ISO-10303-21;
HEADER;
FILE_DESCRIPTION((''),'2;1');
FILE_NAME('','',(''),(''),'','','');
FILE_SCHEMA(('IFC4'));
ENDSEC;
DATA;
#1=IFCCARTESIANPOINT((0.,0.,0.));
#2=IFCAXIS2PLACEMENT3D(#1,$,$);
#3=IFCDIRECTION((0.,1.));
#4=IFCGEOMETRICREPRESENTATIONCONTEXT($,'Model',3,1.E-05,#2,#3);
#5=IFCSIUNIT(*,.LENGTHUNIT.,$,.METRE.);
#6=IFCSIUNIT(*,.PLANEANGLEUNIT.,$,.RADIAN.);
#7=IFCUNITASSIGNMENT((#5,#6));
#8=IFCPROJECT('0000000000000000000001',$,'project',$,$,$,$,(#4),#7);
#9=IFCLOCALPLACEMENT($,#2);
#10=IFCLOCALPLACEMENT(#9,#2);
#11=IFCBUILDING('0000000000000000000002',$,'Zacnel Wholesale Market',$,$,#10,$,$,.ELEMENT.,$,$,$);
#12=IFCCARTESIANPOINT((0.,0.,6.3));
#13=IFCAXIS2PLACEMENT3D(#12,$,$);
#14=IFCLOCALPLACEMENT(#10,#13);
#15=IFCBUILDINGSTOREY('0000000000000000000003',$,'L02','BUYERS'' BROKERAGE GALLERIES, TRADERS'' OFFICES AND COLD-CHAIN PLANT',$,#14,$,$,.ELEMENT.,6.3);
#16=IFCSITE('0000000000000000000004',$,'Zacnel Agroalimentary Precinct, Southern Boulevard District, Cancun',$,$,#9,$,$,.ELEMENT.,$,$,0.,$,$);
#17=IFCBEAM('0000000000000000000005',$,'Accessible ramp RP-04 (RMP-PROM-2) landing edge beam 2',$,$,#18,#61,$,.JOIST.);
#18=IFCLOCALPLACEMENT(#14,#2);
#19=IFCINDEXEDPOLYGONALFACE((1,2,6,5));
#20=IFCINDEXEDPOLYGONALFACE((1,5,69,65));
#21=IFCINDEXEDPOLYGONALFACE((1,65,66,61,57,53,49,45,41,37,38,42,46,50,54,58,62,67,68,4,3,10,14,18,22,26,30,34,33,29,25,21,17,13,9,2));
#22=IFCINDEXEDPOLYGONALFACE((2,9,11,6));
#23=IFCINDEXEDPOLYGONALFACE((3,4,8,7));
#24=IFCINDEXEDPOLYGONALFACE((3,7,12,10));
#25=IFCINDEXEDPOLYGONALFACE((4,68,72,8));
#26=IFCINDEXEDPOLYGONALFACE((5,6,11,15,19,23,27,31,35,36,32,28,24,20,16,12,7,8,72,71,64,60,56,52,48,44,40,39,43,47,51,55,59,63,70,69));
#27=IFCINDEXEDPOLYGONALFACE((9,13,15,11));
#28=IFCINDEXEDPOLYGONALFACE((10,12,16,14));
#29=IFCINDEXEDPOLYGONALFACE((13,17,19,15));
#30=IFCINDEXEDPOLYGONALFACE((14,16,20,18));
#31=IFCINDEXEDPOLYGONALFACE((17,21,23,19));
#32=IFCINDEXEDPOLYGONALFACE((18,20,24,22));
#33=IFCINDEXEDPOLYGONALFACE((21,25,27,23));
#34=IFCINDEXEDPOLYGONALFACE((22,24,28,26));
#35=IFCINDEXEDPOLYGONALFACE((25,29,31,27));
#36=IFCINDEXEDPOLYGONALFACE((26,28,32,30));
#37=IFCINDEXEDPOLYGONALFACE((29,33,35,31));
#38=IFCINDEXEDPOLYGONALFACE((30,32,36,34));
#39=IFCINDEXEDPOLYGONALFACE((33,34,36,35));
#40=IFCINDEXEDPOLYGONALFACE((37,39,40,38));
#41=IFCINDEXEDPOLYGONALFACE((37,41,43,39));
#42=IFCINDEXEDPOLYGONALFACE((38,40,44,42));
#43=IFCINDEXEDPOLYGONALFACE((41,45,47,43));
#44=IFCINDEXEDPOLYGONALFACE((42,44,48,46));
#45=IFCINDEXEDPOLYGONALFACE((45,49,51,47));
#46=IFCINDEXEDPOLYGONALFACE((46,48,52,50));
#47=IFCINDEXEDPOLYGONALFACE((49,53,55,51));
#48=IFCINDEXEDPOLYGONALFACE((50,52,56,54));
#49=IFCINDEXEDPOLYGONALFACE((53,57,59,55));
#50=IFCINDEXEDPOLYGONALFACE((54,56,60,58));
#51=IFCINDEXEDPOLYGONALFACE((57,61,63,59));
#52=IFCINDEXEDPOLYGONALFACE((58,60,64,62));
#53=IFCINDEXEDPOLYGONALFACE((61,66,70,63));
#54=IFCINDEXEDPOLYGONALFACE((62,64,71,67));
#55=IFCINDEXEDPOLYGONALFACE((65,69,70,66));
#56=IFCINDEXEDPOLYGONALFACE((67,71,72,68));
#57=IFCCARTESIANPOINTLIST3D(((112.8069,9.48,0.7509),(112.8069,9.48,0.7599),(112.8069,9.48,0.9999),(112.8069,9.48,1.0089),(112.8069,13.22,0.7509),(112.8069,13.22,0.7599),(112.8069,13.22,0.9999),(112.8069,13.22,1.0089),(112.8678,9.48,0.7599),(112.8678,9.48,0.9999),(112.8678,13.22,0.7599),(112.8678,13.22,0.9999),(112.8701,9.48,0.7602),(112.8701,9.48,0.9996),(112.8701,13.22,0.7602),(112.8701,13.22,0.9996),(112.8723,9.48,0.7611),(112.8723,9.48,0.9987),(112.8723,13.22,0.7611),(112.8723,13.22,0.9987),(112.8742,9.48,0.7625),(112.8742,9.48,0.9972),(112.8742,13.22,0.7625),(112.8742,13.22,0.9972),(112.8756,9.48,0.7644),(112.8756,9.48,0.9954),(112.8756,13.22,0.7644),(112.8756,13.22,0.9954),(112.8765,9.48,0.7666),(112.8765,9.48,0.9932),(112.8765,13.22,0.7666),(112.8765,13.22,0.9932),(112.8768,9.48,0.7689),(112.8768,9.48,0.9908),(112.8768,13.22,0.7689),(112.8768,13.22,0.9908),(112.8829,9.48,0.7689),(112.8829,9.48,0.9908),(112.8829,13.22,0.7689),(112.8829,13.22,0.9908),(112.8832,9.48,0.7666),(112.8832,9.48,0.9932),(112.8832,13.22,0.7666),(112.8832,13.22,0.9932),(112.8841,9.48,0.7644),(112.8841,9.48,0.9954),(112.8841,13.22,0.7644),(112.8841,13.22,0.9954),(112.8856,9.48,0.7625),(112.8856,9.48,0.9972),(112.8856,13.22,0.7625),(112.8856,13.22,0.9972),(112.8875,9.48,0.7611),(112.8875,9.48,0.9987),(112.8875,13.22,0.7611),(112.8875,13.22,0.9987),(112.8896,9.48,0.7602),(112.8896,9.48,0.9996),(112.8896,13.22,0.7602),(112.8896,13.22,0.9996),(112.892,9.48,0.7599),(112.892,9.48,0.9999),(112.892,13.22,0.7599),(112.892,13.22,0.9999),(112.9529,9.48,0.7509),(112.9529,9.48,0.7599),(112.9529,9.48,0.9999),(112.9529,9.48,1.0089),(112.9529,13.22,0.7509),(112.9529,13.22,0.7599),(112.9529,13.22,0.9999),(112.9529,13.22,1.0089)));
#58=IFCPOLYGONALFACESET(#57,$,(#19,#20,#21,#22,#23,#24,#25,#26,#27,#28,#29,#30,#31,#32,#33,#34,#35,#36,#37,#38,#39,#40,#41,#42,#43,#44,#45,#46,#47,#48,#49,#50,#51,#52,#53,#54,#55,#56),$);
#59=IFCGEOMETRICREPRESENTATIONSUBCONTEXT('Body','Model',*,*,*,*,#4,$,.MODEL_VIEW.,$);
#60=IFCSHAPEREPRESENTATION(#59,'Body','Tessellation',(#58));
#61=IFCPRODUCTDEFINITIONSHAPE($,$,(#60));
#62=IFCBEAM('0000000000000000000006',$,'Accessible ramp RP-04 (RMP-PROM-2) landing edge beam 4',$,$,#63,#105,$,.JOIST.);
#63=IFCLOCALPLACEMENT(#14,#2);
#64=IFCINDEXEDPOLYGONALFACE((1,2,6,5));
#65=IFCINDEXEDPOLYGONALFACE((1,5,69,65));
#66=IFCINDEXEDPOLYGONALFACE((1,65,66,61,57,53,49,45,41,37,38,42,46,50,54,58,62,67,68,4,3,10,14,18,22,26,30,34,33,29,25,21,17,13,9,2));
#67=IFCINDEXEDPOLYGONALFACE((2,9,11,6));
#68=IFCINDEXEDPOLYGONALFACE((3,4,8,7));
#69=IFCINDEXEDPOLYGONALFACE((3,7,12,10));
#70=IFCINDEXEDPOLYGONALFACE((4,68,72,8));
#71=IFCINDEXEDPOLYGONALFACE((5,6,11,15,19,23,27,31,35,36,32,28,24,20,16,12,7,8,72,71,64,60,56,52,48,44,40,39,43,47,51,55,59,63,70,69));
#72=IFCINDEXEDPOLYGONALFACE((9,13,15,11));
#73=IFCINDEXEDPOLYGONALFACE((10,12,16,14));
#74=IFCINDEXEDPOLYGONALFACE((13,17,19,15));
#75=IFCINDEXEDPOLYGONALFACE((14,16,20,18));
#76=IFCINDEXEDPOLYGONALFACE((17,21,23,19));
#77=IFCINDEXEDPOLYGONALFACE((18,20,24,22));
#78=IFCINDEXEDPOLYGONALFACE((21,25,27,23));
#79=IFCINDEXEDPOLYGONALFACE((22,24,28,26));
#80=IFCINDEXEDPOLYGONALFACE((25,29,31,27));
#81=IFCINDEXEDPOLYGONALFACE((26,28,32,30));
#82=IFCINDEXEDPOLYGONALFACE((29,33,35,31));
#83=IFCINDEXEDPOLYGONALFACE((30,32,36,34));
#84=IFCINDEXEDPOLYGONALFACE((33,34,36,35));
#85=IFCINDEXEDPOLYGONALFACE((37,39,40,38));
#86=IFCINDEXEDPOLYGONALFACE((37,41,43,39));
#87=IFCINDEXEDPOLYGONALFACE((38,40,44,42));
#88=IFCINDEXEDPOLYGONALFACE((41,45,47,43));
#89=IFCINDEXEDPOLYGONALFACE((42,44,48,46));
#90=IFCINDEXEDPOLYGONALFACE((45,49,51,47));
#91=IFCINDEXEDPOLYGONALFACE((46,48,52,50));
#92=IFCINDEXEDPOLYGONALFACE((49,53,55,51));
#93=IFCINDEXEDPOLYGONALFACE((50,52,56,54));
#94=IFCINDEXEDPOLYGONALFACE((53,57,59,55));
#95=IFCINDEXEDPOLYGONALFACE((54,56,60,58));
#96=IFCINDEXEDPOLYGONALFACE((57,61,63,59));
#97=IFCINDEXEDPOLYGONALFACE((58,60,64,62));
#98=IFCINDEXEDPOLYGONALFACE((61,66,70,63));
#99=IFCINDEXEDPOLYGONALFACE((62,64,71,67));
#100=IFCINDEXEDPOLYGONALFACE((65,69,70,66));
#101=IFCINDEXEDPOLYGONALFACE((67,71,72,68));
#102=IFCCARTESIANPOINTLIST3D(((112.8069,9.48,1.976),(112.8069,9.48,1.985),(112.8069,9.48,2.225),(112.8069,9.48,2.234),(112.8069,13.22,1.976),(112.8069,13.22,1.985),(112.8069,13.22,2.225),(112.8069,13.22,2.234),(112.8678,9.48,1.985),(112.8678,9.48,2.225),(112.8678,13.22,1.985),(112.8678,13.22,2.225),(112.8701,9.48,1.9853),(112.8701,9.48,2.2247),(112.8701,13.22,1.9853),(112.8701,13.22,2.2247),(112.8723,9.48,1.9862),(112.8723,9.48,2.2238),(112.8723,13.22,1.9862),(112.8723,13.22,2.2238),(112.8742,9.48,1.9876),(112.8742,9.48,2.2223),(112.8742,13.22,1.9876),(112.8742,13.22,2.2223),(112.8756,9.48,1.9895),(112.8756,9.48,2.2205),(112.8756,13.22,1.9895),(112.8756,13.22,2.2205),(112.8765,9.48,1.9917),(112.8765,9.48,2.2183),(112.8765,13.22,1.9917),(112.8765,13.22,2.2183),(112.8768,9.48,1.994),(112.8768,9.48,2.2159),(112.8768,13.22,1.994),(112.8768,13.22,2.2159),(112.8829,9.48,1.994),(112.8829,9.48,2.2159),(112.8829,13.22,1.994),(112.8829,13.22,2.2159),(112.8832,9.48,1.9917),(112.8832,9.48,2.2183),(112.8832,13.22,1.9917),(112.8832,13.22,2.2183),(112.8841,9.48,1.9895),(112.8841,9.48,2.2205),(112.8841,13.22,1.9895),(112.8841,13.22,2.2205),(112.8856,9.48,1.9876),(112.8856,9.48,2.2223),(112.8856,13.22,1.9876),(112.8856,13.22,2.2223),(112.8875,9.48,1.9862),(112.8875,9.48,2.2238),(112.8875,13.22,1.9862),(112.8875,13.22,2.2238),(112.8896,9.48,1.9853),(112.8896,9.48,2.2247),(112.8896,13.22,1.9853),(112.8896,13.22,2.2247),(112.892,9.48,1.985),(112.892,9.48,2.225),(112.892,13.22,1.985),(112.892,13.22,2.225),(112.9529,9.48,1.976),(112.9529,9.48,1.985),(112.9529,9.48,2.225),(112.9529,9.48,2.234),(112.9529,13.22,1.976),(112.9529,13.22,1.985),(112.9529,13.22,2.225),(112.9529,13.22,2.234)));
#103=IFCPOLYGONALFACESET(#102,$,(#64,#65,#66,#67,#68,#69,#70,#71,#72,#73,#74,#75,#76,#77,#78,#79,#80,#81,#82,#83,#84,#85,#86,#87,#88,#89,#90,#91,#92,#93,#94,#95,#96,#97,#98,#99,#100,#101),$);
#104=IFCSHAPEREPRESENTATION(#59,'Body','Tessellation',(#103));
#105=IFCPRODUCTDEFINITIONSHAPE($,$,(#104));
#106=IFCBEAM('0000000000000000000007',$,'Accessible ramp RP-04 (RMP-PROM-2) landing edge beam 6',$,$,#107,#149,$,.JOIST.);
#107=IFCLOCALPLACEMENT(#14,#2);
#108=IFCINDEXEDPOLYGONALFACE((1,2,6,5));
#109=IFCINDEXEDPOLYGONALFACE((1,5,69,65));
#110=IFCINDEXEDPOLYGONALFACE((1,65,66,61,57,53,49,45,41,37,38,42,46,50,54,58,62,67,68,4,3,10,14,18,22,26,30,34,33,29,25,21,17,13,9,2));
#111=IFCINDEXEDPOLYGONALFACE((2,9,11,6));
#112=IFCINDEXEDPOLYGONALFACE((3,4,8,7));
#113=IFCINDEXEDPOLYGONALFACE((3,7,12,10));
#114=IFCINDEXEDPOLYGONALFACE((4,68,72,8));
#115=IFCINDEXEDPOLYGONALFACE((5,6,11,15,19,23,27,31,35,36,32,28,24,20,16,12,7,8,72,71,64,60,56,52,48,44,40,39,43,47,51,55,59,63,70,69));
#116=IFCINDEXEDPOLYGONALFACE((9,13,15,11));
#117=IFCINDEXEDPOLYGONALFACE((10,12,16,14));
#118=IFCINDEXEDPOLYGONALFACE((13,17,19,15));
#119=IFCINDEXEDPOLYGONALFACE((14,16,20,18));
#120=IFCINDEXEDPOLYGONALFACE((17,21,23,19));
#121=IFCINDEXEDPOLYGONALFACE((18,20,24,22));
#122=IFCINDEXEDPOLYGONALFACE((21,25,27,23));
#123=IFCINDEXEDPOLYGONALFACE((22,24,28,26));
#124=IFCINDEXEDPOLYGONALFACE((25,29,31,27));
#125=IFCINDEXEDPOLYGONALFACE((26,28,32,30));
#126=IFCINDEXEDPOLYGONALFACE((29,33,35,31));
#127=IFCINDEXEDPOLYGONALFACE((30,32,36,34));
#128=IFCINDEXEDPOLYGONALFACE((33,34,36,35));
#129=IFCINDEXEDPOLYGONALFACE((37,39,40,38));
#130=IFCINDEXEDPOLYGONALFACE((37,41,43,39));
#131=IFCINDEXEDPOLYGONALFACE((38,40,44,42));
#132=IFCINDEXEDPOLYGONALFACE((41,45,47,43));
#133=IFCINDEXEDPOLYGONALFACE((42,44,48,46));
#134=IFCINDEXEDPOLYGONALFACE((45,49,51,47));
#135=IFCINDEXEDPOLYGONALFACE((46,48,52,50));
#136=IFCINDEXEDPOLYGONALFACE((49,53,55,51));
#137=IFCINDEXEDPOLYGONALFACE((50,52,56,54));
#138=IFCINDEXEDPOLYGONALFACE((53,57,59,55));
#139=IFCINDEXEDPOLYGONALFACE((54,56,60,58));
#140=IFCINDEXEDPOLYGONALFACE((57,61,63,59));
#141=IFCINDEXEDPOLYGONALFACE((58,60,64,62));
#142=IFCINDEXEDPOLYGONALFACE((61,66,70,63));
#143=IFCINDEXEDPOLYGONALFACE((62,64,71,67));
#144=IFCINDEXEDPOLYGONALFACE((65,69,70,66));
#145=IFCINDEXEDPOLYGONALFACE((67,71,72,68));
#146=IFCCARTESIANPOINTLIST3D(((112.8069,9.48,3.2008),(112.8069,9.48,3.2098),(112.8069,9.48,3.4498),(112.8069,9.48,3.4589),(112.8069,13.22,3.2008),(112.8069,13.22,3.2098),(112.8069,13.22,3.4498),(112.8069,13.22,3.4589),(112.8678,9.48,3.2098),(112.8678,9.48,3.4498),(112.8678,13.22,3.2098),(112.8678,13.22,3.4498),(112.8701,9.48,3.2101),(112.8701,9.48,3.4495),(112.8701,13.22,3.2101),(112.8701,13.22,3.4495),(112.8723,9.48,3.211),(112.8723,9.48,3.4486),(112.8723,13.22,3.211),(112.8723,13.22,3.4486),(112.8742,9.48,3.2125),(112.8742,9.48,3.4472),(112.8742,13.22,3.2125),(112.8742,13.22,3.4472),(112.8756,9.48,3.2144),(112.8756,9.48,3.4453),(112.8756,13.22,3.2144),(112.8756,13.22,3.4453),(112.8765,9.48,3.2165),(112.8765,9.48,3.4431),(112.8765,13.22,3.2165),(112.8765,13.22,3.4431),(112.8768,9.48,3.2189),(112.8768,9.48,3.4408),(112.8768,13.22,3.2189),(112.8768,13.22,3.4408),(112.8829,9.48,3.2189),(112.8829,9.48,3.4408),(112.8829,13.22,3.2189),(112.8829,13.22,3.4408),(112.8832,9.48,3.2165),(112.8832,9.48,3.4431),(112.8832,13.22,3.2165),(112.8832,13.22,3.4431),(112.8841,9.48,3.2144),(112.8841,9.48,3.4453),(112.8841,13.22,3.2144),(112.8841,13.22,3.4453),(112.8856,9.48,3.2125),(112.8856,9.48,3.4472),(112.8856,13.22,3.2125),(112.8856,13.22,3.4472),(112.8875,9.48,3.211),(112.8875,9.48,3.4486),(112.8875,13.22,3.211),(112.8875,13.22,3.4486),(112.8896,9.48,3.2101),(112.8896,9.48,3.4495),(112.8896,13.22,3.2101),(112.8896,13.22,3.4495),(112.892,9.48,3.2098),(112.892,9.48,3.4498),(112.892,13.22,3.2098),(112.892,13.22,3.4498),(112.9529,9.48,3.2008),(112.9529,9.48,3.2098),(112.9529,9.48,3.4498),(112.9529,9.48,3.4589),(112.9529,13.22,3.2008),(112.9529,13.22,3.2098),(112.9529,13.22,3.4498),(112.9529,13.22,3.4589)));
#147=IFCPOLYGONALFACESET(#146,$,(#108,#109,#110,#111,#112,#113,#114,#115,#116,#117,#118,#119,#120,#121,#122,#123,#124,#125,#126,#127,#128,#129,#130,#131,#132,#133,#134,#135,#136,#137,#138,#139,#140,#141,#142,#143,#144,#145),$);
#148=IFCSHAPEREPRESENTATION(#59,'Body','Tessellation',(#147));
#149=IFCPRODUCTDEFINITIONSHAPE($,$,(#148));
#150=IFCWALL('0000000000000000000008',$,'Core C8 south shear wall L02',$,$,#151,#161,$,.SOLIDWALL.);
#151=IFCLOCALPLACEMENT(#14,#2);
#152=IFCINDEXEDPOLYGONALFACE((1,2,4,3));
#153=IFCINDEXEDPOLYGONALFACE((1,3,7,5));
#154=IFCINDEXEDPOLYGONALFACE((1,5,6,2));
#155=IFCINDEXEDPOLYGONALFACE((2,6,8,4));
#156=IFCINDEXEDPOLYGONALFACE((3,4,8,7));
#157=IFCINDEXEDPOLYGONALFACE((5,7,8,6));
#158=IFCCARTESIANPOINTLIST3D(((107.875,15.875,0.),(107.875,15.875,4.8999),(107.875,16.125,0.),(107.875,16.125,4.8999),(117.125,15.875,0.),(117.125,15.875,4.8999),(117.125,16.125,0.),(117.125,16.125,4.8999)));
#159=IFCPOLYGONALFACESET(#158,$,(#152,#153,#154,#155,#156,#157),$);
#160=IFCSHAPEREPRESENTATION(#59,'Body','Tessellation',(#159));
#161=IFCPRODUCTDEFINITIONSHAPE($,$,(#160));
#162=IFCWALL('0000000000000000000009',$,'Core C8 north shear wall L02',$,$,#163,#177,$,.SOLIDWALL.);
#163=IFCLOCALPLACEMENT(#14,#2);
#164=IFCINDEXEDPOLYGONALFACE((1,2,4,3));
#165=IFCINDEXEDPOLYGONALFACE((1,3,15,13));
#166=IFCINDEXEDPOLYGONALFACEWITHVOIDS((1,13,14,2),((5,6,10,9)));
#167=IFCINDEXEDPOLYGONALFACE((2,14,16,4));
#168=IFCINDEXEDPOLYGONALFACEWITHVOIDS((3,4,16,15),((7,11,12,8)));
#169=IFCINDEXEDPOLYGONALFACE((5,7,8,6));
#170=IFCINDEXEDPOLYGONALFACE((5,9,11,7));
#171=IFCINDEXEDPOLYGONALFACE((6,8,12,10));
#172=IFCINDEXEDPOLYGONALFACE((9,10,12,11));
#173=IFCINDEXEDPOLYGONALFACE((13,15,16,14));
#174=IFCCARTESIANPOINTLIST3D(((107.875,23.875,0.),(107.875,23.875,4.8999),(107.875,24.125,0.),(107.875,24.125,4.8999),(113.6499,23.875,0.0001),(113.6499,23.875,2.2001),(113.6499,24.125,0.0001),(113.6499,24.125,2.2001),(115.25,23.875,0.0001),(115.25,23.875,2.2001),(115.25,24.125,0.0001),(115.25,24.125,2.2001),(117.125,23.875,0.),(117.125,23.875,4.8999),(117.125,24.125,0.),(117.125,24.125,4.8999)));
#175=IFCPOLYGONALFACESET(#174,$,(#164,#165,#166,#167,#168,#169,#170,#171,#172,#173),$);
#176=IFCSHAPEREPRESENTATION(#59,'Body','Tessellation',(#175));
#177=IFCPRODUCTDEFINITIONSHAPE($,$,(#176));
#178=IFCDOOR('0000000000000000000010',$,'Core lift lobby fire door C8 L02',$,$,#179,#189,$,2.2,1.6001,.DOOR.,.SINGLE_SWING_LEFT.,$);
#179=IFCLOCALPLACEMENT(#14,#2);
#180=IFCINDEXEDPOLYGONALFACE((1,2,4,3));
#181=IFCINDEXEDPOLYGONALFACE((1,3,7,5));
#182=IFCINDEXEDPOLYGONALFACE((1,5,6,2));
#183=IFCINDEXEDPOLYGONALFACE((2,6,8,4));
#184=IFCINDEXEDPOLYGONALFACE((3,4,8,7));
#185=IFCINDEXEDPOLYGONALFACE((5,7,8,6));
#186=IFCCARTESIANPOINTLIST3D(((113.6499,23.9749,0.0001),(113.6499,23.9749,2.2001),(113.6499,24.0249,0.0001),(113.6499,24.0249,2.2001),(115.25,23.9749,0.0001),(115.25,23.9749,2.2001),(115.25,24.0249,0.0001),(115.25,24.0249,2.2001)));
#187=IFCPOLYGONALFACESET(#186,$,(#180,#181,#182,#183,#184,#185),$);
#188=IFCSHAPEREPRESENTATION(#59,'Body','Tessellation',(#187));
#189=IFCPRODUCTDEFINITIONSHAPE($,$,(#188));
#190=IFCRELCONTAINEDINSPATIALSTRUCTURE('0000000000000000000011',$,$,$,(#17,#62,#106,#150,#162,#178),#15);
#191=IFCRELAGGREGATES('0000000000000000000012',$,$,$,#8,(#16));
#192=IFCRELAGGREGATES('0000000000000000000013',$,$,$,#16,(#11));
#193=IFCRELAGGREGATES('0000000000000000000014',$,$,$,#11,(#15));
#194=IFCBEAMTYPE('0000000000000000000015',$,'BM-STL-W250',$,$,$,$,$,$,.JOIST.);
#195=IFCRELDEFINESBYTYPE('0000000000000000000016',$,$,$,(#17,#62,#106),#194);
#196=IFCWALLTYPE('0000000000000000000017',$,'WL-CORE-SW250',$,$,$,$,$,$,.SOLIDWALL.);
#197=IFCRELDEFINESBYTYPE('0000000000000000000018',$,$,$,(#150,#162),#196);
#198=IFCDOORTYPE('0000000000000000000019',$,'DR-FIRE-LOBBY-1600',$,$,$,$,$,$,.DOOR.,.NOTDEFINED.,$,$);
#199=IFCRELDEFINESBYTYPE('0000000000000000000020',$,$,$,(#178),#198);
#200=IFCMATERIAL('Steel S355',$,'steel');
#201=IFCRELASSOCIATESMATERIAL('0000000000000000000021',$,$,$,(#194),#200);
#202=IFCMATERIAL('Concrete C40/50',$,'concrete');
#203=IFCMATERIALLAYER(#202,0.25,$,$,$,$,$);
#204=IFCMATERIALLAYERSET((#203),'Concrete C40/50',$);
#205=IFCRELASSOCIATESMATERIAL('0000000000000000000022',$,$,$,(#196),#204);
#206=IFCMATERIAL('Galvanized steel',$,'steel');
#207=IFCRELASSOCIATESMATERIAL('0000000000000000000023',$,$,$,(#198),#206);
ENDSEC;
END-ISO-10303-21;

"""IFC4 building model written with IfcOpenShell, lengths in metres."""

from ifc_helpers import new_model, si_unit, direction, frame, frame_2d, origin, origin_2d, place, context, subcontext, project, spatial, rectangle, i_section, extrude, material, layer, layer_set, material_profile, profile_set, type_object, element, fill, save


model = new_model("IFC4")

# Units and contexts
model_context = context("Model", 3, precision=1e-05, world=origin(), true_north=direction((0.0, 1.0)))
body_context = subcontext(model_context, "Body", "Model", "MODEL_VIEW")
ifc_project = project(units=[si_unit("LENGTHUNIT", "METRE"), si_unit("PLANEANGLEUNIT", "RADIAN")], contexts=[model_context])

# Site, building, storey
site_placement = place(None, origin())
site = spatial("IfcSite", under=ifc_project, at=site_placement, Name="Zacnel Agroalimentary Precinct, Southern Boulevard District, Cancun", CompositionType="ELEMENT", RefElevation=0.0)
building_placement = place(site_placement, origin())
building = spatial("IfcBuilding", under=site, at=building_placement, Name="Zacnel Wholesale Market", CompositionType="ELEMENT")
storey_placement = place(building_placement, frame((0.0, 0.0, 6.3)))
storey = spatial("IfcBuildingStorey", under=building, at=storey_placement, Name="L02", Description="BUYERS' BROKERAGE GALLERIES, TRADERS' OFFICES AND COLD-CHAIN PLANT", CompositionType="ELEMENT", Elevation=6.3)

# Beams
ifc_material_1 = material(Name="Steel S355", Category="steel")
ifc_material_profile_1 = material_profile(ifc_material_1, i_section(OverallWidth=0.146, OverallDepth=0.2581, WebThickness=0.0061, FlangeThickness=0.009, FilletRadius=0.009, at=origin_2d()), Name="W250X32.7")
ifc_profile_set_1 = profile_set([ifc_material_profile_1], Name="Steel S355")
beam_type_1 = type_object("IfcBeamType", Name="BM-STL-W250", PredefinedType="JOIST", material=ifc_profile_set_1)
for number, where, z_axis, x_axis, name in (
    (1, (112.8799, 9.48, 0.8799), (0.0, 1.0, 0.0), (-1.0, 0.0, 0.0), "Accessible ramp RP-04 (RMP-PROM-2) landing edge beam 2"),
    (2, (112.8799, 9.48, 2.105), (0.0, 1.0, 0.0), (-1.0, 0.0, 0.0), "Accessible ramp RP-04 (RMP-PROM-2) landing edge beam 4"),
    (3, (112.8799, 9.48, 3.3298), (0.0, 1.0, 0.0), (-1.0, 0.0, 0.0), "Accessible ramp RP-04 (RMP-PROM-2) landing edge beam 6"),
):
    element("IfcBeam", number, at=place(storey_placement, frame(where, z_axis=z_axis, x_axis=x_axis)), inside=storey, type_object=beam_type_1, Name=name, PredefinedType="JOIST", context=body_context, shape_type="SweptSolid", body=[
        extrude(i_section(OverallWidth=0.146, OverallDepth=0.2581, WebThickness=0.0061, FlangeThickness=0.009, FilletRadius=0.009, at=origin_2d()), origin(), (0.0, 0.0, 1.0), 3.74),
    ])

# Wall
ifc_material_2 = material(Name="Concrete C40/50", Category="concrete")
ifc_layer_1 = layer(ifc_material_2, 0.25)
ifc_layer_set_1 = layer_set([ifc_layer_1], Name="Concrete C40/50")
wall_type_1 = type_object("IfcWallType", Name="WL-CORE-SW250", PredefinedType="SOLIDWALL", material=ifc_layer_set_1)
wall_1_placement = place(storey_placement, frame((107.875, 16.0, 0.0), z_axis=(0.0, 0.0, 1.0), x_axis=(1.0, 0.0, 0.0)))
element("IfcWall", 4, at=wall_1_placement, inside=storey, type_object=wall_type_1, Name="Core C8 south shear wall L02", PredefinedType="SOLIDWALL", context=body_context, shape_type="SweptSolid", body=[
    extrude(rectangle(XDim=9.25, YDim=0.25, at=frame_2d((4.625, 0.0))), origin(), (0.0, 0.0, 1.0), 4.8999),
])

# Wall, opening, door
wall_2_placement = place(storey_placement, frame((107.875, 24.0, 0.0), z_axis=(0.0, 0.0, 1.0), x_axis=(1.0, 0.0, 0.0)))
wall_2 = element("IfcWall", 5, at=wall_2_placement, inside=storey, type_object=wall_type_1, Name="Core C8 north shear wall L02", PredefinedType="SOLIDWALL", context=body_context, shape_type="SweptSolid", body=[
    extrude(rectangle(XDim=9.25, YDim=0.25, at=frame_2d((4.625, 0.0))), origin(), (0.0, 0.0, 1.0), 4.8999),
])
opening_1_placement = place(wall_2_placement, frame((5.7749, 0.0, 0.0)))
opening_1 = element("IfcOpeningElement", 6, at=opening_1_placement, cuts=wall_2, PredefinedType="OPENING", context=body_context, shape_type="SweptSolid", body=[
    extrude(rectangle(XDim=1.6001, YDim=2.2, at=frame_2d((0.8, 1.1001))), frame((0.0, 0.135, 0.0), z_axis=(0.0, -1.0, 0.0), x_axis=(1.0, 0.0, 0.0)), (0.0, 0.0, 1.0), 0.27),
])
ifc_material_3 = material(Name="Galvanized steel", Category="steel")
door_type_1 = type_object("IfcDoorType", Name="DR-FIRE-LOBBY-1600", OperationType="NOTDEFINED", PredefinedType="DOOR", material=ifc_material_3)
door_1_placement = place(opening_1_placement, origin())
door_1 = element("IfcDoor", 7, at=door_1_placement, inside=storey, type_object=door_type_1, Name="Core lift lobby fire door C8 L02", OperationType="SINGLE_SWING_LEFT", OverallHeight=2.2, OverallWidth=1.6001, PredefinedType="DOOR", context=body_context, shape_type="SweptSolid", body=[
    extrude(rectangle(XDim=1.6001, YDim=2.2, at=frame_2d((0.8, 1.1001))), frame((0.0, 0.0249, 0.0), z_axis=(0.0, -1.0, 0.0), x_axis=(1.0, 0.0, 0.0)), (0.0, 0.0, 1.0), 0.05),
])
fill(opening_1, door_1)

save(model, "model.ifc")
